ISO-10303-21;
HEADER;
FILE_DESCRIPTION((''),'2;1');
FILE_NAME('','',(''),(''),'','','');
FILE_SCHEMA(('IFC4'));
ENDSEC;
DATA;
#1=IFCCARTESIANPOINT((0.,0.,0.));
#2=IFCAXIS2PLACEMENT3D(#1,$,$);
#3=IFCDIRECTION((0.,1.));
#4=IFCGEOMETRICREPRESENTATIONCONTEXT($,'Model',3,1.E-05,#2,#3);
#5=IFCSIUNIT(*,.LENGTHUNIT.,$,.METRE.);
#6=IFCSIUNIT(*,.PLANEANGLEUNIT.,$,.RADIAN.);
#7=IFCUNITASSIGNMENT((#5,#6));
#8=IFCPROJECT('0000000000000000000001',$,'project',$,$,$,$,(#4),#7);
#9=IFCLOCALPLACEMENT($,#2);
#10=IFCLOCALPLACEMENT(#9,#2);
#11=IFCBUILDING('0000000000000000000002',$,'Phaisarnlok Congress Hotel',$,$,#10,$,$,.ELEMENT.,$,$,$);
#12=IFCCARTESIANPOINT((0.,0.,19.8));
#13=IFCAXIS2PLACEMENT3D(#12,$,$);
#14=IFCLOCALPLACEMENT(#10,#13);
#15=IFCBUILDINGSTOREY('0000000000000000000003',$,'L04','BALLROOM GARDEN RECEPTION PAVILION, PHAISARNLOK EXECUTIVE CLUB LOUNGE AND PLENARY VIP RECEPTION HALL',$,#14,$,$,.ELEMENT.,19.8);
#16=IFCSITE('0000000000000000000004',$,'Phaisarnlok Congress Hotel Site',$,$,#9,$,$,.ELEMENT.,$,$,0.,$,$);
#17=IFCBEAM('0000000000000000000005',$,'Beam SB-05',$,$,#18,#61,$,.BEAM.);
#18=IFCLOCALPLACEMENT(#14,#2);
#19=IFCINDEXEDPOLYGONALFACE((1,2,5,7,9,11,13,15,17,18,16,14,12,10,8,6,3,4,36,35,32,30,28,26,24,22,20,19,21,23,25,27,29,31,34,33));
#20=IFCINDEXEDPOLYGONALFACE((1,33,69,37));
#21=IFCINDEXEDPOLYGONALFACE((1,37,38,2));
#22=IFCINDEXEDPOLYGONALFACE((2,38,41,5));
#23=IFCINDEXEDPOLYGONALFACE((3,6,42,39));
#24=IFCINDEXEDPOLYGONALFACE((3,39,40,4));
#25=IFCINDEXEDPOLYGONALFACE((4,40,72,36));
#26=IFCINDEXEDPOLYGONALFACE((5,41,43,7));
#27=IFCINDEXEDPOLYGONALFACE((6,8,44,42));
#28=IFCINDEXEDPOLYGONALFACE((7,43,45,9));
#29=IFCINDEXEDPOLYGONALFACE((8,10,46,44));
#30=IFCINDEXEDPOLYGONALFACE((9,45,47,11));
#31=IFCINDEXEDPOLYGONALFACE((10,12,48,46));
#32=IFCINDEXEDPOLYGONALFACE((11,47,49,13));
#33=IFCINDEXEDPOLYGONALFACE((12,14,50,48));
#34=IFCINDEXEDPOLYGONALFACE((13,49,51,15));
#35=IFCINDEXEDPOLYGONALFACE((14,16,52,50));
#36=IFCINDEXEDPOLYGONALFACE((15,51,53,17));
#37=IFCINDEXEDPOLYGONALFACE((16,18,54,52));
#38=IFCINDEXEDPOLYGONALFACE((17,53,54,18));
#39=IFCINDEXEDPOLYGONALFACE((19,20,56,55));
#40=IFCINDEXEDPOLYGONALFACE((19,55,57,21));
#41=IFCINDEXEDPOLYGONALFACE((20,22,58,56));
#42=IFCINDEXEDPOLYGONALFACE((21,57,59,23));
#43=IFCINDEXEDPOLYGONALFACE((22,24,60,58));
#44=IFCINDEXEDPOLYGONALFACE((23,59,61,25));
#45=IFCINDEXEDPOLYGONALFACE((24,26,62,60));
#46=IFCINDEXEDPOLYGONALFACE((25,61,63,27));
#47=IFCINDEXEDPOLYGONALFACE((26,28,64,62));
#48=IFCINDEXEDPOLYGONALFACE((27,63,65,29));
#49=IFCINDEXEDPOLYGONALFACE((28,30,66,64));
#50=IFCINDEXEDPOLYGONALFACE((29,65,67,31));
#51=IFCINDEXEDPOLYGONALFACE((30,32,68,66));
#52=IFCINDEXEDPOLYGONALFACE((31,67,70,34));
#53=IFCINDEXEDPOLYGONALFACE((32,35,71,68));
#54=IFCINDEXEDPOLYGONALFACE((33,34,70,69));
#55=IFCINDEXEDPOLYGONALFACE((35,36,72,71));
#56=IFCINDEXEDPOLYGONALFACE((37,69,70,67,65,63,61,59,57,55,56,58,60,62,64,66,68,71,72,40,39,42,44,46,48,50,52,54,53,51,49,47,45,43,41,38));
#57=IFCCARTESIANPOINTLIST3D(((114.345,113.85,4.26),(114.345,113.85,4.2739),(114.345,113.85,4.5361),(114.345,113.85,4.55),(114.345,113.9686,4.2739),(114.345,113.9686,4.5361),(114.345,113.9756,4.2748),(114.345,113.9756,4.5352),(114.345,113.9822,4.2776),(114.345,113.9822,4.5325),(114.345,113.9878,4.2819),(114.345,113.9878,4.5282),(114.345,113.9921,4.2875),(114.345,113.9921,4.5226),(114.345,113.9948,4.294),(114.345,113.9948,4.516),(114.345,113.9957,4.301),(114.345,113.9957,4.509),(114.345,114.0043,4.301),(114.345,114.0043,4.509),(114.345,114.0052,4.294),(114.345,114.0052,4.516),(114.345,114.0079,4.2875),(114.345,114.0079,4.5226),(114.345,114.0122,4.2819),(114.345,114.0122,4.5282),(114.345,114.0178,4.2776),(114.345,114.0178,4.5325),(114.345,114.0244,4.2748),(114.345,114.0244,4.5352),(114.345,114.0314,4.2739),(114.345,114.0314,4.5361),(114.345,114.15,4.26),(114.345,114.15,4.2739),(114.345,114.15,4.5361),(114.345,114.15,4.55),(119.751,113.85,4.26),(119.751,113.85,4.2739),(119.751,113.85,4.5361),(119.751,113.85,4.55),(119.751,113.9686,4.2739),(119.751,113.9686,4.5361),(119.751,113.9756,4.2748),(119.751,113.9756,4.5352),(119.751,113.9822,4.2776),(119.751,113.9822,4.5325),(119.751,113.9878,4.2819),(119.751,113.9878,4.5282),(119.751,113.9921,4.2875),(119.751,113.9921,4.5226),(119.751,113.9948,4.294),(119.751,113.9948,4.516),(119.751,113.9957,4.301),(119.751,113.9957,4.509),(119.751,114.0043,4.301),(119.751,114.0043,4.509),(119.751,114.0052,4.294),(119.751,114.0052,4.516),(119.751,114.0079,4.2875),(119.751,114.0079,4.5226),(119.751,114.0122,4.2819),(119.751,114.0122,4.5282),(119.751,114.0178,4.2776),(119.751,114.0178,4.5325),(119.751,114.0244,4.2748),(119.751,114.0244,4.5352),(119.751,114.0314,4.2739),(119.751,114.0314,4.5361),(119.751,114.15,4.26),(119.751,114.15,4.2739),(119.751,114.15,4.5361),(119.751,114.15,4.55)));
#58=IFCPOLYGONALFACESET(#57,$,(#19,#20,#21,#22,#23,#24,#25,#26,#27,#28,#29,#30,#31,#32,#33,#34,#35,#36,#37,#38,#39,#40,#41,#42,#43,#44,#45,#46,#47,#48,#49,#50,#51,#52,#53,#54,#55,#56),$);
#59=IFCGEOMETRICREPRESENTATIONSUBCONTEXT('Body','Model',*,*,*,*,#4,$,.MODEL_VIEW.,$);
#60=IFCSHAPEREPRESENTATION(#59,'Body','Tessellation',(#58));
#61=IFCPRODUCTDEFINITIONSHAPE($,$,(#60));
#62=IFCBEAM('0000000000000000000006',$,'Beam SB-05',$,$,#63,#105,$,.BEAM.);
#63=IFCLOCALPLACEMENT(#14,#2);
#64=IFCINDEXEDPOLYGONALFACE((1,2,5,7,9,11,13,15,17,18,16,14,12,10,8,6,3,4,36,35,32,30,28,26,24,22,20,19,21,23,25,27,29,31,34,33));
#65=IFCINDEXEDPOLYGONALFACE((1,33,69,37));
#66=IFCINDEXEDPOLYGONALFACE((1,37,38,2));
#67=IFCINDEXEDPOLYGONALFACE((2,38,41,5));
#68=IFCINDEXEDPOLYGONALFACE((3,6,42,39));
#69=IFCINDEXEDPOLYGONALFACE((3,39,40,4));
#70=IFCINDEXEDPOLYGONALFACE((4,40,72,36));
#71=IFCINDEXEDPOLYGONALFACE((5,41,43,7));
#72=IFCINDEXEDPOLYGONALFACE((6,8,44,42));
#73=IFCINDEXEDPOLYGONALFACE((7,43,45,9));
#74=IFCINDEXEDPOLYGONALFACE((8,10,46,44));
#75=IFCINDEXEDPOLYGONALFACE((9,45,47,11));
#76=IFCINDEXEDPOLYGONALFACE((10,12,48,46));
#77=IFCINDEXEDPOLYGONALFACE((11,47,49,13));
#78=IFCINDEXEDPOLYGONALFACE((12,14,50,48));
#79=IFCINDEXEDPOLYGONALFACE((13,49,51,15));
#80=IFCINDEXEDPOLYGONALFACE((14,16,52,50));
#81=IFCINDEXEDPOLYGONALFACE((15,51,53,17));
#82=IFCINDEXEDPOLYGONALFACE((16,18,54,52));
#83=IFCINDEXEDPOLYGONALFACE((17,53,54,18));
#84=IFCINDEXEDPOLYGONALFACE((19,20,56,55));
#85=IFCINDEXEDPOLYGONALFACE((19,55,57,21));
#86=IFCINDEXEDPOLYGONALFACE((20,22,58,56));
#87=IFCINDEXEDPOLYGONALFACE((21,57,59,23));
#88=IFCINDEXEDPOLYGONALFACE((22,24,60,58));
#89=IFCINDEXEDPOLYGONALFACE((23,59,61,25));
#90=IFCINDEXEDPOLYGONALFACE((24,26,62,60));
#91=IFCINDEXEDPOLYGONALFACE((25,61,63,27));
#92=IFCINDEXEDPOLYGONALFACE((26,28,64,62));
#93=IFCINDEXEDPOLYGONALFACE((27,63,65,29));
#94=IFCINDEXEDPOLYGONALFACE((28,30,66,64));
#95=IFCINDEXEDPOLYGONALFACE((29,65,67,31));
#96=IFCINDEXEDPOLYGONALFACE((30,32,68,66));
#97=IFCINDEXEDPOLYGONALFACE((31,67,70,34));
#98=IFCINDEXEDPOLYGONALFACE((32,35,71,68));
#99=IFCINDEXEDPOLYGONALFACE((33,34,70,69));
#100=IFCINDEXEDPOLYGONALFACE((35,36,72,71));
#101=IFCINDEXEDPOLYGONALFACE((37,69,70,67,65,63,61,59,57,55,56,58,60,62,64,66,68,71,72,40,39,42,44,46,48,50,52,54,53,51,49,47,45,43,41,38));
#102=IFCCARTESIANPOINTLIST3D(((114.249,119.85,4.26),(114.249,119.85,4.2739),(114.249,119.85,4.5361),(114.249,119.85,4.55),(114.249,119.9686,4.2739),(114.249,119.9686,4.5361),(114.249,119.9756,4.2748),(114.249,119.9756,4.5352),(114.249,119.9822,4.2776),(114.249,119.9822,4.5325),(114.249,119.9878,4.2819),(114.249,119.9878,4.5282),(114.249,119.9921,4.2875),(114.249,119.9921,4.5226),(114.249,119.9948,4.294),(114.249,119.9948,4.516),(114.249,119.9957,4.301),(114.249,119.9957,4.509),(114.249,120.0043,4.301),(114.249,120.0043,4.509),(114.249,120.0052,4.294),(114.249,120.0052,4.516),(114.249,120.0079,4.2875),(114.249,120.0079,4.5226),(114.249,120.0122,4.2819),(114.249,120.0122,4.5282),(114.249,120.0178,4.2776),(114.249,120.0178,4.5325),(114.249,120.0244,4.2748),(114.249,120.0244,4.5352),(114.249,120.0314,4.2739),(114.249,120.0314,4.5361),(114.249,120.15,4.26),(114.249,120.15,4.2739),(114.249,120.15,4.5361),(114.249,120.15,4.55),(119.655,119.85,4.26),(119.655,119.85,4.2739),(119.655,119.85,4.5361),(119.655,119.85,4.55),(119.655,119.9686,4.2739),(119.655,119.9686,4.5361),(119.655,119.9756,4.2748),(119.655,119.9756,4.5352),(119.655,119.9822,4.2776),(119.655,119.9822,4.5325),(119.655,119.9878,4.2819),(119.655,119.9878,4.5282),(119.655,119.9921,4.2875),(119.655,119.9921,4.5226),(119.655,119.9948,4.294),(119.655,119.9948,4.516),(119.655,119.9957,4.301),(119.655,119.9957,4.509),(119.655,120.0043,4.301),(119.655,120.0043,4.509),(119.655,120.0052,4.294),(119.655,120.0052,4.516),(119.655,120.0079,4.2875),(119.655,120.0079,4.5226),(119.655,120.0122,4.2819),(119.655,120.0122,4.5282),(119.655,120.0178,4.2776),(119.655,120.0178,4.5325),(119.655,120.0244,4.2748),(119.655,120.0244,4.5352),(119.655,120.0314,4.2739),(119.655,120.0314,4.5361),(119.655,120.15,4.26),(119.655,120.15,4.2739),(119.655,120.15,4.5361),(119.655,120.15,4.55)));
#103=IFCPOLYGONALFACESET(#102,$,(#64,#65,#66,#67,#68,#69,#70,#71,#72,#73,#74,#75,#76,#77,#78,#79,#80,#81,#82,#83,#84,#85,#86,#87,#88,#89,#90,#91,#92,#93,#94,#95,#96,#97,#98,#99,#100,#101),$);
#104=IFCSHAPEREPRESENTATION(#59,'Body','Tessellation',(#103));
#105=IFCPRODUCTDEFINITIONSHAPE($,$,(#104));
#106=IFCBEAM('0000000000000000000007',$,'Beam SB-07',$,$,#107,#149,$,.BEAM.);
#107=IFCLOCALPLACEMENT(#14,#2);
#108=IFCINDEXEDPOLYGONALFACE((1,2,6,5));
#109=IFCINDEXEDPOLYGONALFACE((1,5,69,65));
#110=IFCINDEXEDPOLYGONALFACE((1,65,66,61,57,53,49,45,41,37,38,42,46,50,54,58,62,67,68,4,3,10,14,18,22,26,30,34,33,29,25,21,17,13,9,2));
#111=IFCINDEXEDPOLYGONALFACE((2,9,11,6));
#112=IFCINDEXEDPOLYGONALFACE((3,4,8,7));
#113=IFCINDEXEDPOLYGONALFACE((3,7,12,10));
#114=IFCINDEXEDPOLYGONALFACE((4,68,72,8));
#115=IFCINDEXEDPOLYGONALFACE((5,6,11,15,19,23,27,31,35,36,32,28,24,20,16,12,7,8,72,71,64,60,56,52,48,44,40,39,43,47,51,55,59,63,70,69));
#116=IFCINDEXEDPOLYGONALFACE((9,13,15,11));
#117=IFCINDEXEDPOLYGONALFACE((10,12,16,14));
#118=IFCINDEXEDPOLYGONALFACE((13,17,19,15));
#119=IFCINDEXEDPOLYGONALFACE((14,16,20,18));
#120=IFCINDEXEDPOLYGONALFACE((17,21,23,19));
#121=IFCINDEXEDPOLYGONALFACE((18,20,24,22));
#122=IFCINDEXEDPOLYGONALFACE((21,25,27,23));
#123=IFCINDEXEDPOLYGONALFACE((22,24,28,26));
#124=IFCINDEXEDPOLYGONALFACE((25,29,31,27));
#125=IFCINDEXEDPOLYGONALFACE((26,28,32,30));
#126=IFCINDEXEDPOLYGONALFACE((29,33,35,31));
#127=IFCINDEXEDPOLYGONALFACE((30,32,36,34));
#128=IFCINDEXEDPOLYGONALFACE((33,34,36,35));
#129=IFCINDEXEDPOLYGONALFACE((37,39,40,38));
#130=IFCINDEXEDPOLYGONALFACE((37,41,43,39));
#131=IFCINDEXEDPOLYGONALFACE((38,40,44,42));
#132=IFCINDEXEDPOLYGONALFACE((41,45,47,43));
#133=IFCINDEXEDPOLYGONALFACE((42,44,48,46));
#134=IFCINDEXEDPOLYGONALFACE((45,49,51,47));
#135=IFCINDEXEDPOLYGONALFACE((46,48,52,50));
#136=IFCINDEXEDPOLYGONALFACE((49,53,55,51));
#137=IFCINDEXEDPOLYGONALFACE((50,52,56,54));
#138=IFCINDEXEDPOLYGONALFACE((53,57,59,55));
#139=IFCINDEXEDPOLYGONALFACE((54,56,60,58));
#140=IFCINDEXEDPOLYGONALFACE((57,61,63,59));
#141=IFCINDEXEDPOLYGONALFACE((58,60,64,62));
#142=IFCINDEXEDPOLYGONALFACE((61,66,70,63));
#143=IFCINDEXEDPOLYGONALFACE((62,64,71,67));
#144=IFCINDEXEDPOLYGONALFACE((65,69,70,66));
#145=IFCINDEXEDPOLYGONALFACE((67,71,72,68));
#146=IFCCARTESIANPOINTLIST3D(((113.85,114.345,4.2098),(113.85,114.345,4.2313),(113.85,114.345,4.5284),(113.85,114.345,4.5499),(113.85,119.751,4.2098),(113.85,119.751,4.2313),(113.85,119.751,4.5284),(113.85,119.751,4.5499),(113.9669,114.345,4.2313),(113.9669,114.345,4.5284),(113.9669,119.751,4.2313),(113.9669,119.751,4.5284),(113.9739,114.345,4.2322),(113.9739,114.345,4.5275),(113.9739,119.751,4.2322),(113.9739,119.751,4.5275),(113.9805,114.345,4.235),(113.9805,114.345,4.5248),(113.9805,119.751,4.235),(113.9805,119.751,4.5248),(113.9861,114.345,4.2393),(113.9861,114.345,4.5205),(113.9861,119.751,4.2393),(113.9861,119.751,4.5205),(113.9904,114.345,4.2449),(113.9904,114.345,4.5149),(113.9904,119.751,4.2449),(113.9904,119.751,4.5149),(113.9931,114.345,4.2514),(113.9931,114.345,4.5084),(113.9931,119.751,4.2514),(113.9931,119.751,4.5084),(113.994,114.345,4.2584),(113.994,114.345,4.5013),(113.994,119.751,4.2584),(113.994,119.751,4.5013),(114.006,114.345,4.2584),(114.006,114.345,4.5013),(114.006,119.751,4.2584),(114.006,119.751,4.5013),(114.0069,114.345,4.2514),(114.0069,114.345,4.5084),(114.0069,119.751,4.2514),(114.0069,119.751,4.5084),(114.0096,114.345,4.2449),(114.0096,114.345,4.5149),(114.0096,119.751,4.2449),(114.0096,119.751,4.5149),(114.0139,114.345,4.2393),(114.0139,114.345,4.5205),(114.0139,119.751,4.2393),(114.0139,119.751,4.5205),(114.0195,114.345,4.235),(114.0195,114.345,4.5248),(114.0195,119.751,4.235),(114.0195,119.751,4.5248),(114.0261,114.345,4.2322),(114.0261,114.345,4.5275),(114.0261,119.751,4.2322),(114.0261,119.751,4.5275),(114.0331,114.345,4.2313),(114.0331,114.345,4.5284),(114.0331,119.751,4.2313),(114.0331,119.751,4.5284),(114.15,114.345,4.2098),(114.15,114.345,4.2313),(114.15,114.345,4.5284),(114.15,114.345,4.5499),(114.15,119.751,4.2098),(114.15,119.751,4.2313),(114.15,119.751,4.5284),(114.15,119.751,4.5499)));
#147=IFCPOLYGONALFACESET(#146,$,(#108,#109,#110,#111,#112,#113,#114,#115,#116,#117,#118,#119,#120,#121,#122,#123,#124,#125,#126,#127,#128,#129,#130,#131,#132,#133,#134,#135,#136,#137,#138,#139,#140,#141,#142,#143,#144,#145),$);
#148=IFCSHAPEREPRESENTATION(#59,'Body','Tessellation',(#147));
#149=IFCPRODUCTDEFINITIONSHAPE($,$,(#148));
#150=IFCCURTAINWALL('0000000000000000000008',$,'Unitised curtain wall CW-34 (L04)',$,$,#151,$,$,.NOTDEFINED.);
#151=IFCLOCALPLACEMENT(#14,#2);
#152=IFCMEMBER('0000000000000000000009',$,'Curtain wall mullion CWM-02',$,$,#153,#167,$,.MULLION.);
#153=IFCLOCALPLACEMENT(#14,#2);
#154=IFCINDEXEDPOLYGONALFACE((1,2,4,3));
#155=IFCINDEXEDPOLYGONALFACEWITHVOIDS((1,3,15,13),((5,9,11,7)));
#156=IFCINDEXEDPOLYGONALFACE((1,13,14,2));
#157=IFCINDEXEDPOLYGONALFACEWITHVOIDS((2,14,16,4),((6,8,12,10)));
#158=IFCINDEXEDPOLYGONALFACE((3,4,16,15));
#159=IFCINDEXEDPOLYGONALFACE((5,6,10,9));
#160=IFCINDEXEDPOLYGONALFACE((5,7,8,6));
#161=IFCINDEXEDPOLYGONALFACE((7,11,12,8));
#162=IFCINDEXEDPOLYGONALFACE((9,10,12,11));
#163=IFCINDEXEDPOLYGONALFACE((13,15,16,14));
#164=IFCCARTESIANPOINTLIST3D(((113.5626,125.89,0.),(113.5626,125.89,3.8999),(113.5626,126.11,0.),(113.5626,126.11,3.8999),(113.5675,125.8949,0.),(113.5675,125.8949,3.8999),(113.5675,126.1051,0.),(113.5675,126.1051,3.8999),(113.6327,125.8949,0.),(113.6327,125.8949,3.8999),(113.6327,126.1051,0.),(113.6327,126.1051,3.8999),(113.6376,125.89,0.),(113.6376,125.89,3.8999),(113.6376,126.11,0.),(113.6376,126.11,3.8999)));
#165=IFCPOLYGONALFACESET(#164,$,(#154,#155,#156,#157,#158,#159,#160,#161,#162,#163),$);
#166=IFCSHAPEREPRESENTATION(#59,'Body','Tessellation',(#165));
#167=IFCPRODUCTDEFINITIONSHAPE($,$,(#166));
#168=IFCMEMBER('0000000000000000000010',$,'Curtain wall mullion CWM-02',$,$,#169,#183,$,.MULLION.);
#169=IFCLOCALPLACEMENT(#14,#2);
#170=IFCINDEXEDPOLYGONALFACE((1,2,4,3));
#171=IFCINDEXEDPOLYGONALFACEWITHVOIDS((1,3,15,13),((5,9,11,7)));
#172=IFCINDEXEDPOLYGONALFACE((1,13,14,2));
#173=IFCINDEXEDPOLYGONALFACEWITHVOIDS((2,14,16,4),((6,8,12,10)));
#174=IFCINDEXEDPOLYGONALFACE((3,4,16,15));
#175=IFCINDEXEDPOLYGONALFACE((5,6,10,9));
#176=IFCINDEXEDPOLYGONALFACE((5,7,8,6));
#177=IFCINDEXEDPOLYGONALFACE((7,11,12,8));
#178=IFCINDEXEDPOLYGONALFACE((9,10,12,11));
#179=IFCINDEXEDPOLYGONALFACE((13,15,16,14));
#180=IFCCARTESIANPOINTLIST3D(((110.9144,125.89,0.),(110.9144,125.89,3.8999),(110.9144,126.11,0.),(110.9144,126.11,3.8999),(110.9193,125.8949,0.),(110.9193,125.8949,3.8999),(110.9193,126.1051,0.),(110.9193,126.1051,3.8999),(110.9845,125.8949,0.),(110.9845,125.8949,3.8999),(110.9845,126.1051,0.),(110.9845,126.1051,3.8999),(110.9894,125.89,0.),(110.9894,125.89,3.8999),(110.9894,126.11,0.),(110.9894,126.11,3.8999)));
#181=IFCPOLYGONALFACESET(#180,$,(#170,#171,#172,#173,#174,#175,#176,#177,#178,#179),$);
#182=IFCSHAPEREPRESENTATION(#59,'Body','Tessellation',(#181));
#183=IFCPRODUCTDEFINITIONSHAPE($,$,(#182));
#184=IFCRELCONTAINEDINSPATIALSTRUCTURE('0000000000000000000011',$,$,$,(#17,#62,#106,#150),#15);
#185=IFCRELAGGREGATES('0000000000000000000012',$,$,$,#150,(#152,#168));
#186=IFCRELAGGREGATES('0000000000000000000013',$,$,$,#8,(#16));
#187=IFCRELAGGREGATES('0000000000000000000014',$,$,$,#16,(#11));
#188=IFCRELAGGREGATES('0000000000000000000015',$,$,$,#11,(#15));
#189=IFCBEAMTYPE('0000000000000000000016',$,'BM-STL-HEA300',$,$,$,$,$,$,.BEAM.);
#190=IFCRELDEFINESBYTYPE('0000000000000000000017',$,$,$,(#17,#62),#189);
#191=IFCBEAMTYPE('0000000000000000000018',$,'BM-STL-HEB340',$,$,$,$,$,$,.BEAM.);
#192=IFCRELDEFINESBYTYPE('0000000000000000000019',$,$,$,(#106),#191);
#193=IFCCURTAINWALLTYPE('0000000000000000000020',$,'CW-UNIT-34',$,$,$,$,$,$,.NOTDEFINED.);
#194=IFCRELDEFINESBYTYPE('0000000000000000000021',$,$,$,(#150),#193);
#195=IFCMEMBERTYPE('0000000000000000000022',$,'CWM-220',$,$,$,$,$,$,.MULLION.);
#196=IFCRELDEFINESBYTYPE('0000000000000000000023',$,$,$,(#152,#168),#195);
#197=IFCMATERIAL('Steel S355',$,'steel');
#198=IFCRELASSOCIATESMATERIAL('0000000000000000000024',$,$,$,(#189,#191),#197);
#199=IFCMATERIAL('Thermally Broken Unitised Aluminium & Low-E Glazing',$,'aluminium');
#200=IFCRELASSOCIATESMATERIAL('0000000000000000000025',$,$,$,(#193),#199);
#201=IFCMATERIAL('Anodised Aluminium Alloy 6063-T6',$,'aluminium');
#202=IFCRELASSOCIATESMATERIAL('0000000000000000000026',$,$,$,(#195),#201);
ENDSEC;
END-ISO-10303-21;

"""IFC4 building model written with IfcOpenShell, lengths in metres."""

from ifc_helpers import new_model, si_unit, direction, frame, origin, origin_2d, place, context, subcontext, project, spatial, hollow_rectangle, i_section, extrude, material, material_profile, profile_set, type_object, element, aggregate, save


model = new_model("IFC4")

# Units and contexts
model_context = context("Model", 3, precision=1e-05, world=origin(), true_north=direction((0.0, 1.0)))
body_context = subcontext(model_context, "Body", "Model", "MODEL_VIEW")
ifc_project = project(units=[si_unit("LENGTHUNIT", "METRE"), si_unit("PLANEANGLEUNIT", "RADIAN")], contexts=[model_context])

# Site, building, storey
site_placement = place(None, origin())
site = spatial("IfcSite", under=ifc_project, at=site_placement, Name="Phaisarnlok Congress Hotel Site", CompositionType="ELEMENT", RefElevation=0.0)
building_placement = place(site_placement, origin())
building = spatial("IfcBuilding", under=site, at=building_placement, Name="Phaisarnlok Congress Hotel", CompositionType="ELEMENT")
storey_placement = place(building_placement, frame((0.0, 0.0, 19.8)))
storey = spatial("IfcBuildingStorey", under=building, at=storey_placement, Name="L04", Description="BALLROOM GARDEN RECEPTION PAVILION, PHAISARNLOK EXECUTIVE CLUB LOUNGE AND PLENARY VIP RECEPTION HALL", CompositionType="ELEMENT", Elevation=19.8)

# Shared definitions
ifc_material_1 = material(Name="Steel S355", Category="steel")

# Beams
ifc_material_profile_1 = material_profile(ifc_material_1, i_section(OverallWidth=0.3, OverallDepth=0.29, WebThickness=0.0085, FlangeThickness=0.0139, FilletRadius=0.0271, at=origin_2d()), Name="HEA 300")
ifc_profile_set_1 = profile_set([ifc_material_profile_1], Name="Steel S355")
beam_type_1 = type_object("IfcBeamType", Name="BM-STL-HEA300", PredefinedType="BEAM", material=ifc_profile_set_1)
for number, where, z_axis, x_axis, name in (
    (1, (114.345, 114.0, 4.405), (1.0, 0.0, 0.0), (0.0, 1.0, 0.0), "Beam SB-05"),
    (2, (114.249, 120.0, 4.405), (1.0, 0.0, 0.0), (0.0, 1.0, 0.0), "Beam SB-05"),
):
    element("IfcBeam", number, at=place(storey_placement, frame(where, z_axis=z_axis, x_axis=x_axis)), inside=storey, type_object=beam_type_1, Name=name, PredefinedType="BEAM", context=body_context, shape_type="SweptSolid", body=[
        extrude(i_section(OverallWidth=0.3, OverallDepth=0.29, WebThickness=0.0085, FlangeThickness=0.0139, FilletRadius=0.0271, at=origin_2d()), origin(), (0.0, 0.0, 1.0), 5.406),
    ])
ifc_material_profile_2 = material_profile(ifc_material_1, i_section(OverallWidth=0.3, OverallDepth=0.3401, WebThickness=0.012, FlangeThickness=0.0215, FilletRadius=0.0271, at=origin_2d()), Name="HEB 340")
ifc_profile_set_2 = profile_set([ifc_material_profile_2], Name="Steel S355")
beam_type_2 = type_object("IfcBeamType", Name="BM-STL-HEB340", PredefinedType="BEAM", material=ifc_profile_set_2)
beam_1_placement = place(storey_placement, frame((114.0, 114.345, 4.3799), z_axis=(0.0, 1.0, 0.0), x_axis=(-1.0, 0.0, 0.0)))
element("IfcBeam", 3, at=beam_1_placement, inside=storey, type_object=beam_type_2, Name="Beam SB-07", PredefinedType="BEAM", context=body_context, shape_type="SweptSolid", body=[
    extrude(i_section(OverallWidth=0.3, OverallDepth=0.3401, WebThickness=0.012, FlangeThickness=0.0215, FilletRadius=0.0271, at=origin_2d()), origin(), (0.0, 0.0, 1.0), 5.406),
])

# Curtain wall, members
ifc_material_2 = material(Name="Thermally Broken Unitised Aluminium & Low-E Glazing", Category="aluminium")
curtain_wall_type = type_object("IfcCurtainWallType", Name="CW-UNIT-34", PredefinedType="NOTDEFINED", material=ifc_material_2)
curtain_wall_placement = place(storey_placement, origin())
curtain_wall = element("IfcCurtainWall", 4, at=curtain_wall_placement, inside=storey, type_object=curtain_wall_type, Name="Unitised curtain wall CW-34 (L04)", PredefinedType="NOTDEFINED")
ifc_material_3 = material(Name="Anodised Aluminium Alloy 6063-T6", Category="aluminium")
ifc_material_profile_3 = material_profile(ifc_material_3, hollow_rectangle(XDim=0.075, YDim=0.22, WallThickness=0.0049, at=origin_2d()), Name="ALU-M 75x220x5")
ifc_profile_set_3 = profile_set([ifc_material_profile_3], Name="Anodised Aluminium Alloy 6063-T6")
member_type_1 = type_object("IfcMemberType", Name="CWM-220", PredefinedType="MULLION", material=ifc_profile_set_3)
member_1_placement = place(storey_placement, frame((113.6001, 126.0, 0.0), z_axis=(0.0, 0.0, 1.0), x_axis=(-1.0, 0.0, 0.0)))
member_1 = element("IfcMember", 5, at=member_1_placement, type_object=member_type_1, Name="Curtain wall mullion CWM-02", PredefinedType="MULLION", context=body_context, shape_type="SweptSolid", body=[
    extrude(hollow_rectangle(XDim=0.075, YDim=0.22, WallThickness=0.0049, at=origin_2d()), origin(), (0.0, 0.0, 1.0), 3.8999),
])
member_2_placement = place(storey_placement, frame((110.9519, 126.0, 0.0), z_axis=(0.0, 0.0, 1.0), x_axis=(-1.0, 0.0, 0.0)))
member_2 = element("IfcMember", 6, at=member_2_placement, type_object=member_type_1, Name="Curtain wall mullion CWM-02", PredefinedType="MULLION", context=body_context, shape_type="SweptSolid", body=[
    extrude(hollow_rectangle(XDim=0.075, YDim=0.22, WallThickness=0.0049, at=origin_2d()), origin(), (0.0, 0.0, 1.0), 3.8999),
])

aggregate(curtain_wall, [member_1, member_2])

save(model, "model.ifc")
